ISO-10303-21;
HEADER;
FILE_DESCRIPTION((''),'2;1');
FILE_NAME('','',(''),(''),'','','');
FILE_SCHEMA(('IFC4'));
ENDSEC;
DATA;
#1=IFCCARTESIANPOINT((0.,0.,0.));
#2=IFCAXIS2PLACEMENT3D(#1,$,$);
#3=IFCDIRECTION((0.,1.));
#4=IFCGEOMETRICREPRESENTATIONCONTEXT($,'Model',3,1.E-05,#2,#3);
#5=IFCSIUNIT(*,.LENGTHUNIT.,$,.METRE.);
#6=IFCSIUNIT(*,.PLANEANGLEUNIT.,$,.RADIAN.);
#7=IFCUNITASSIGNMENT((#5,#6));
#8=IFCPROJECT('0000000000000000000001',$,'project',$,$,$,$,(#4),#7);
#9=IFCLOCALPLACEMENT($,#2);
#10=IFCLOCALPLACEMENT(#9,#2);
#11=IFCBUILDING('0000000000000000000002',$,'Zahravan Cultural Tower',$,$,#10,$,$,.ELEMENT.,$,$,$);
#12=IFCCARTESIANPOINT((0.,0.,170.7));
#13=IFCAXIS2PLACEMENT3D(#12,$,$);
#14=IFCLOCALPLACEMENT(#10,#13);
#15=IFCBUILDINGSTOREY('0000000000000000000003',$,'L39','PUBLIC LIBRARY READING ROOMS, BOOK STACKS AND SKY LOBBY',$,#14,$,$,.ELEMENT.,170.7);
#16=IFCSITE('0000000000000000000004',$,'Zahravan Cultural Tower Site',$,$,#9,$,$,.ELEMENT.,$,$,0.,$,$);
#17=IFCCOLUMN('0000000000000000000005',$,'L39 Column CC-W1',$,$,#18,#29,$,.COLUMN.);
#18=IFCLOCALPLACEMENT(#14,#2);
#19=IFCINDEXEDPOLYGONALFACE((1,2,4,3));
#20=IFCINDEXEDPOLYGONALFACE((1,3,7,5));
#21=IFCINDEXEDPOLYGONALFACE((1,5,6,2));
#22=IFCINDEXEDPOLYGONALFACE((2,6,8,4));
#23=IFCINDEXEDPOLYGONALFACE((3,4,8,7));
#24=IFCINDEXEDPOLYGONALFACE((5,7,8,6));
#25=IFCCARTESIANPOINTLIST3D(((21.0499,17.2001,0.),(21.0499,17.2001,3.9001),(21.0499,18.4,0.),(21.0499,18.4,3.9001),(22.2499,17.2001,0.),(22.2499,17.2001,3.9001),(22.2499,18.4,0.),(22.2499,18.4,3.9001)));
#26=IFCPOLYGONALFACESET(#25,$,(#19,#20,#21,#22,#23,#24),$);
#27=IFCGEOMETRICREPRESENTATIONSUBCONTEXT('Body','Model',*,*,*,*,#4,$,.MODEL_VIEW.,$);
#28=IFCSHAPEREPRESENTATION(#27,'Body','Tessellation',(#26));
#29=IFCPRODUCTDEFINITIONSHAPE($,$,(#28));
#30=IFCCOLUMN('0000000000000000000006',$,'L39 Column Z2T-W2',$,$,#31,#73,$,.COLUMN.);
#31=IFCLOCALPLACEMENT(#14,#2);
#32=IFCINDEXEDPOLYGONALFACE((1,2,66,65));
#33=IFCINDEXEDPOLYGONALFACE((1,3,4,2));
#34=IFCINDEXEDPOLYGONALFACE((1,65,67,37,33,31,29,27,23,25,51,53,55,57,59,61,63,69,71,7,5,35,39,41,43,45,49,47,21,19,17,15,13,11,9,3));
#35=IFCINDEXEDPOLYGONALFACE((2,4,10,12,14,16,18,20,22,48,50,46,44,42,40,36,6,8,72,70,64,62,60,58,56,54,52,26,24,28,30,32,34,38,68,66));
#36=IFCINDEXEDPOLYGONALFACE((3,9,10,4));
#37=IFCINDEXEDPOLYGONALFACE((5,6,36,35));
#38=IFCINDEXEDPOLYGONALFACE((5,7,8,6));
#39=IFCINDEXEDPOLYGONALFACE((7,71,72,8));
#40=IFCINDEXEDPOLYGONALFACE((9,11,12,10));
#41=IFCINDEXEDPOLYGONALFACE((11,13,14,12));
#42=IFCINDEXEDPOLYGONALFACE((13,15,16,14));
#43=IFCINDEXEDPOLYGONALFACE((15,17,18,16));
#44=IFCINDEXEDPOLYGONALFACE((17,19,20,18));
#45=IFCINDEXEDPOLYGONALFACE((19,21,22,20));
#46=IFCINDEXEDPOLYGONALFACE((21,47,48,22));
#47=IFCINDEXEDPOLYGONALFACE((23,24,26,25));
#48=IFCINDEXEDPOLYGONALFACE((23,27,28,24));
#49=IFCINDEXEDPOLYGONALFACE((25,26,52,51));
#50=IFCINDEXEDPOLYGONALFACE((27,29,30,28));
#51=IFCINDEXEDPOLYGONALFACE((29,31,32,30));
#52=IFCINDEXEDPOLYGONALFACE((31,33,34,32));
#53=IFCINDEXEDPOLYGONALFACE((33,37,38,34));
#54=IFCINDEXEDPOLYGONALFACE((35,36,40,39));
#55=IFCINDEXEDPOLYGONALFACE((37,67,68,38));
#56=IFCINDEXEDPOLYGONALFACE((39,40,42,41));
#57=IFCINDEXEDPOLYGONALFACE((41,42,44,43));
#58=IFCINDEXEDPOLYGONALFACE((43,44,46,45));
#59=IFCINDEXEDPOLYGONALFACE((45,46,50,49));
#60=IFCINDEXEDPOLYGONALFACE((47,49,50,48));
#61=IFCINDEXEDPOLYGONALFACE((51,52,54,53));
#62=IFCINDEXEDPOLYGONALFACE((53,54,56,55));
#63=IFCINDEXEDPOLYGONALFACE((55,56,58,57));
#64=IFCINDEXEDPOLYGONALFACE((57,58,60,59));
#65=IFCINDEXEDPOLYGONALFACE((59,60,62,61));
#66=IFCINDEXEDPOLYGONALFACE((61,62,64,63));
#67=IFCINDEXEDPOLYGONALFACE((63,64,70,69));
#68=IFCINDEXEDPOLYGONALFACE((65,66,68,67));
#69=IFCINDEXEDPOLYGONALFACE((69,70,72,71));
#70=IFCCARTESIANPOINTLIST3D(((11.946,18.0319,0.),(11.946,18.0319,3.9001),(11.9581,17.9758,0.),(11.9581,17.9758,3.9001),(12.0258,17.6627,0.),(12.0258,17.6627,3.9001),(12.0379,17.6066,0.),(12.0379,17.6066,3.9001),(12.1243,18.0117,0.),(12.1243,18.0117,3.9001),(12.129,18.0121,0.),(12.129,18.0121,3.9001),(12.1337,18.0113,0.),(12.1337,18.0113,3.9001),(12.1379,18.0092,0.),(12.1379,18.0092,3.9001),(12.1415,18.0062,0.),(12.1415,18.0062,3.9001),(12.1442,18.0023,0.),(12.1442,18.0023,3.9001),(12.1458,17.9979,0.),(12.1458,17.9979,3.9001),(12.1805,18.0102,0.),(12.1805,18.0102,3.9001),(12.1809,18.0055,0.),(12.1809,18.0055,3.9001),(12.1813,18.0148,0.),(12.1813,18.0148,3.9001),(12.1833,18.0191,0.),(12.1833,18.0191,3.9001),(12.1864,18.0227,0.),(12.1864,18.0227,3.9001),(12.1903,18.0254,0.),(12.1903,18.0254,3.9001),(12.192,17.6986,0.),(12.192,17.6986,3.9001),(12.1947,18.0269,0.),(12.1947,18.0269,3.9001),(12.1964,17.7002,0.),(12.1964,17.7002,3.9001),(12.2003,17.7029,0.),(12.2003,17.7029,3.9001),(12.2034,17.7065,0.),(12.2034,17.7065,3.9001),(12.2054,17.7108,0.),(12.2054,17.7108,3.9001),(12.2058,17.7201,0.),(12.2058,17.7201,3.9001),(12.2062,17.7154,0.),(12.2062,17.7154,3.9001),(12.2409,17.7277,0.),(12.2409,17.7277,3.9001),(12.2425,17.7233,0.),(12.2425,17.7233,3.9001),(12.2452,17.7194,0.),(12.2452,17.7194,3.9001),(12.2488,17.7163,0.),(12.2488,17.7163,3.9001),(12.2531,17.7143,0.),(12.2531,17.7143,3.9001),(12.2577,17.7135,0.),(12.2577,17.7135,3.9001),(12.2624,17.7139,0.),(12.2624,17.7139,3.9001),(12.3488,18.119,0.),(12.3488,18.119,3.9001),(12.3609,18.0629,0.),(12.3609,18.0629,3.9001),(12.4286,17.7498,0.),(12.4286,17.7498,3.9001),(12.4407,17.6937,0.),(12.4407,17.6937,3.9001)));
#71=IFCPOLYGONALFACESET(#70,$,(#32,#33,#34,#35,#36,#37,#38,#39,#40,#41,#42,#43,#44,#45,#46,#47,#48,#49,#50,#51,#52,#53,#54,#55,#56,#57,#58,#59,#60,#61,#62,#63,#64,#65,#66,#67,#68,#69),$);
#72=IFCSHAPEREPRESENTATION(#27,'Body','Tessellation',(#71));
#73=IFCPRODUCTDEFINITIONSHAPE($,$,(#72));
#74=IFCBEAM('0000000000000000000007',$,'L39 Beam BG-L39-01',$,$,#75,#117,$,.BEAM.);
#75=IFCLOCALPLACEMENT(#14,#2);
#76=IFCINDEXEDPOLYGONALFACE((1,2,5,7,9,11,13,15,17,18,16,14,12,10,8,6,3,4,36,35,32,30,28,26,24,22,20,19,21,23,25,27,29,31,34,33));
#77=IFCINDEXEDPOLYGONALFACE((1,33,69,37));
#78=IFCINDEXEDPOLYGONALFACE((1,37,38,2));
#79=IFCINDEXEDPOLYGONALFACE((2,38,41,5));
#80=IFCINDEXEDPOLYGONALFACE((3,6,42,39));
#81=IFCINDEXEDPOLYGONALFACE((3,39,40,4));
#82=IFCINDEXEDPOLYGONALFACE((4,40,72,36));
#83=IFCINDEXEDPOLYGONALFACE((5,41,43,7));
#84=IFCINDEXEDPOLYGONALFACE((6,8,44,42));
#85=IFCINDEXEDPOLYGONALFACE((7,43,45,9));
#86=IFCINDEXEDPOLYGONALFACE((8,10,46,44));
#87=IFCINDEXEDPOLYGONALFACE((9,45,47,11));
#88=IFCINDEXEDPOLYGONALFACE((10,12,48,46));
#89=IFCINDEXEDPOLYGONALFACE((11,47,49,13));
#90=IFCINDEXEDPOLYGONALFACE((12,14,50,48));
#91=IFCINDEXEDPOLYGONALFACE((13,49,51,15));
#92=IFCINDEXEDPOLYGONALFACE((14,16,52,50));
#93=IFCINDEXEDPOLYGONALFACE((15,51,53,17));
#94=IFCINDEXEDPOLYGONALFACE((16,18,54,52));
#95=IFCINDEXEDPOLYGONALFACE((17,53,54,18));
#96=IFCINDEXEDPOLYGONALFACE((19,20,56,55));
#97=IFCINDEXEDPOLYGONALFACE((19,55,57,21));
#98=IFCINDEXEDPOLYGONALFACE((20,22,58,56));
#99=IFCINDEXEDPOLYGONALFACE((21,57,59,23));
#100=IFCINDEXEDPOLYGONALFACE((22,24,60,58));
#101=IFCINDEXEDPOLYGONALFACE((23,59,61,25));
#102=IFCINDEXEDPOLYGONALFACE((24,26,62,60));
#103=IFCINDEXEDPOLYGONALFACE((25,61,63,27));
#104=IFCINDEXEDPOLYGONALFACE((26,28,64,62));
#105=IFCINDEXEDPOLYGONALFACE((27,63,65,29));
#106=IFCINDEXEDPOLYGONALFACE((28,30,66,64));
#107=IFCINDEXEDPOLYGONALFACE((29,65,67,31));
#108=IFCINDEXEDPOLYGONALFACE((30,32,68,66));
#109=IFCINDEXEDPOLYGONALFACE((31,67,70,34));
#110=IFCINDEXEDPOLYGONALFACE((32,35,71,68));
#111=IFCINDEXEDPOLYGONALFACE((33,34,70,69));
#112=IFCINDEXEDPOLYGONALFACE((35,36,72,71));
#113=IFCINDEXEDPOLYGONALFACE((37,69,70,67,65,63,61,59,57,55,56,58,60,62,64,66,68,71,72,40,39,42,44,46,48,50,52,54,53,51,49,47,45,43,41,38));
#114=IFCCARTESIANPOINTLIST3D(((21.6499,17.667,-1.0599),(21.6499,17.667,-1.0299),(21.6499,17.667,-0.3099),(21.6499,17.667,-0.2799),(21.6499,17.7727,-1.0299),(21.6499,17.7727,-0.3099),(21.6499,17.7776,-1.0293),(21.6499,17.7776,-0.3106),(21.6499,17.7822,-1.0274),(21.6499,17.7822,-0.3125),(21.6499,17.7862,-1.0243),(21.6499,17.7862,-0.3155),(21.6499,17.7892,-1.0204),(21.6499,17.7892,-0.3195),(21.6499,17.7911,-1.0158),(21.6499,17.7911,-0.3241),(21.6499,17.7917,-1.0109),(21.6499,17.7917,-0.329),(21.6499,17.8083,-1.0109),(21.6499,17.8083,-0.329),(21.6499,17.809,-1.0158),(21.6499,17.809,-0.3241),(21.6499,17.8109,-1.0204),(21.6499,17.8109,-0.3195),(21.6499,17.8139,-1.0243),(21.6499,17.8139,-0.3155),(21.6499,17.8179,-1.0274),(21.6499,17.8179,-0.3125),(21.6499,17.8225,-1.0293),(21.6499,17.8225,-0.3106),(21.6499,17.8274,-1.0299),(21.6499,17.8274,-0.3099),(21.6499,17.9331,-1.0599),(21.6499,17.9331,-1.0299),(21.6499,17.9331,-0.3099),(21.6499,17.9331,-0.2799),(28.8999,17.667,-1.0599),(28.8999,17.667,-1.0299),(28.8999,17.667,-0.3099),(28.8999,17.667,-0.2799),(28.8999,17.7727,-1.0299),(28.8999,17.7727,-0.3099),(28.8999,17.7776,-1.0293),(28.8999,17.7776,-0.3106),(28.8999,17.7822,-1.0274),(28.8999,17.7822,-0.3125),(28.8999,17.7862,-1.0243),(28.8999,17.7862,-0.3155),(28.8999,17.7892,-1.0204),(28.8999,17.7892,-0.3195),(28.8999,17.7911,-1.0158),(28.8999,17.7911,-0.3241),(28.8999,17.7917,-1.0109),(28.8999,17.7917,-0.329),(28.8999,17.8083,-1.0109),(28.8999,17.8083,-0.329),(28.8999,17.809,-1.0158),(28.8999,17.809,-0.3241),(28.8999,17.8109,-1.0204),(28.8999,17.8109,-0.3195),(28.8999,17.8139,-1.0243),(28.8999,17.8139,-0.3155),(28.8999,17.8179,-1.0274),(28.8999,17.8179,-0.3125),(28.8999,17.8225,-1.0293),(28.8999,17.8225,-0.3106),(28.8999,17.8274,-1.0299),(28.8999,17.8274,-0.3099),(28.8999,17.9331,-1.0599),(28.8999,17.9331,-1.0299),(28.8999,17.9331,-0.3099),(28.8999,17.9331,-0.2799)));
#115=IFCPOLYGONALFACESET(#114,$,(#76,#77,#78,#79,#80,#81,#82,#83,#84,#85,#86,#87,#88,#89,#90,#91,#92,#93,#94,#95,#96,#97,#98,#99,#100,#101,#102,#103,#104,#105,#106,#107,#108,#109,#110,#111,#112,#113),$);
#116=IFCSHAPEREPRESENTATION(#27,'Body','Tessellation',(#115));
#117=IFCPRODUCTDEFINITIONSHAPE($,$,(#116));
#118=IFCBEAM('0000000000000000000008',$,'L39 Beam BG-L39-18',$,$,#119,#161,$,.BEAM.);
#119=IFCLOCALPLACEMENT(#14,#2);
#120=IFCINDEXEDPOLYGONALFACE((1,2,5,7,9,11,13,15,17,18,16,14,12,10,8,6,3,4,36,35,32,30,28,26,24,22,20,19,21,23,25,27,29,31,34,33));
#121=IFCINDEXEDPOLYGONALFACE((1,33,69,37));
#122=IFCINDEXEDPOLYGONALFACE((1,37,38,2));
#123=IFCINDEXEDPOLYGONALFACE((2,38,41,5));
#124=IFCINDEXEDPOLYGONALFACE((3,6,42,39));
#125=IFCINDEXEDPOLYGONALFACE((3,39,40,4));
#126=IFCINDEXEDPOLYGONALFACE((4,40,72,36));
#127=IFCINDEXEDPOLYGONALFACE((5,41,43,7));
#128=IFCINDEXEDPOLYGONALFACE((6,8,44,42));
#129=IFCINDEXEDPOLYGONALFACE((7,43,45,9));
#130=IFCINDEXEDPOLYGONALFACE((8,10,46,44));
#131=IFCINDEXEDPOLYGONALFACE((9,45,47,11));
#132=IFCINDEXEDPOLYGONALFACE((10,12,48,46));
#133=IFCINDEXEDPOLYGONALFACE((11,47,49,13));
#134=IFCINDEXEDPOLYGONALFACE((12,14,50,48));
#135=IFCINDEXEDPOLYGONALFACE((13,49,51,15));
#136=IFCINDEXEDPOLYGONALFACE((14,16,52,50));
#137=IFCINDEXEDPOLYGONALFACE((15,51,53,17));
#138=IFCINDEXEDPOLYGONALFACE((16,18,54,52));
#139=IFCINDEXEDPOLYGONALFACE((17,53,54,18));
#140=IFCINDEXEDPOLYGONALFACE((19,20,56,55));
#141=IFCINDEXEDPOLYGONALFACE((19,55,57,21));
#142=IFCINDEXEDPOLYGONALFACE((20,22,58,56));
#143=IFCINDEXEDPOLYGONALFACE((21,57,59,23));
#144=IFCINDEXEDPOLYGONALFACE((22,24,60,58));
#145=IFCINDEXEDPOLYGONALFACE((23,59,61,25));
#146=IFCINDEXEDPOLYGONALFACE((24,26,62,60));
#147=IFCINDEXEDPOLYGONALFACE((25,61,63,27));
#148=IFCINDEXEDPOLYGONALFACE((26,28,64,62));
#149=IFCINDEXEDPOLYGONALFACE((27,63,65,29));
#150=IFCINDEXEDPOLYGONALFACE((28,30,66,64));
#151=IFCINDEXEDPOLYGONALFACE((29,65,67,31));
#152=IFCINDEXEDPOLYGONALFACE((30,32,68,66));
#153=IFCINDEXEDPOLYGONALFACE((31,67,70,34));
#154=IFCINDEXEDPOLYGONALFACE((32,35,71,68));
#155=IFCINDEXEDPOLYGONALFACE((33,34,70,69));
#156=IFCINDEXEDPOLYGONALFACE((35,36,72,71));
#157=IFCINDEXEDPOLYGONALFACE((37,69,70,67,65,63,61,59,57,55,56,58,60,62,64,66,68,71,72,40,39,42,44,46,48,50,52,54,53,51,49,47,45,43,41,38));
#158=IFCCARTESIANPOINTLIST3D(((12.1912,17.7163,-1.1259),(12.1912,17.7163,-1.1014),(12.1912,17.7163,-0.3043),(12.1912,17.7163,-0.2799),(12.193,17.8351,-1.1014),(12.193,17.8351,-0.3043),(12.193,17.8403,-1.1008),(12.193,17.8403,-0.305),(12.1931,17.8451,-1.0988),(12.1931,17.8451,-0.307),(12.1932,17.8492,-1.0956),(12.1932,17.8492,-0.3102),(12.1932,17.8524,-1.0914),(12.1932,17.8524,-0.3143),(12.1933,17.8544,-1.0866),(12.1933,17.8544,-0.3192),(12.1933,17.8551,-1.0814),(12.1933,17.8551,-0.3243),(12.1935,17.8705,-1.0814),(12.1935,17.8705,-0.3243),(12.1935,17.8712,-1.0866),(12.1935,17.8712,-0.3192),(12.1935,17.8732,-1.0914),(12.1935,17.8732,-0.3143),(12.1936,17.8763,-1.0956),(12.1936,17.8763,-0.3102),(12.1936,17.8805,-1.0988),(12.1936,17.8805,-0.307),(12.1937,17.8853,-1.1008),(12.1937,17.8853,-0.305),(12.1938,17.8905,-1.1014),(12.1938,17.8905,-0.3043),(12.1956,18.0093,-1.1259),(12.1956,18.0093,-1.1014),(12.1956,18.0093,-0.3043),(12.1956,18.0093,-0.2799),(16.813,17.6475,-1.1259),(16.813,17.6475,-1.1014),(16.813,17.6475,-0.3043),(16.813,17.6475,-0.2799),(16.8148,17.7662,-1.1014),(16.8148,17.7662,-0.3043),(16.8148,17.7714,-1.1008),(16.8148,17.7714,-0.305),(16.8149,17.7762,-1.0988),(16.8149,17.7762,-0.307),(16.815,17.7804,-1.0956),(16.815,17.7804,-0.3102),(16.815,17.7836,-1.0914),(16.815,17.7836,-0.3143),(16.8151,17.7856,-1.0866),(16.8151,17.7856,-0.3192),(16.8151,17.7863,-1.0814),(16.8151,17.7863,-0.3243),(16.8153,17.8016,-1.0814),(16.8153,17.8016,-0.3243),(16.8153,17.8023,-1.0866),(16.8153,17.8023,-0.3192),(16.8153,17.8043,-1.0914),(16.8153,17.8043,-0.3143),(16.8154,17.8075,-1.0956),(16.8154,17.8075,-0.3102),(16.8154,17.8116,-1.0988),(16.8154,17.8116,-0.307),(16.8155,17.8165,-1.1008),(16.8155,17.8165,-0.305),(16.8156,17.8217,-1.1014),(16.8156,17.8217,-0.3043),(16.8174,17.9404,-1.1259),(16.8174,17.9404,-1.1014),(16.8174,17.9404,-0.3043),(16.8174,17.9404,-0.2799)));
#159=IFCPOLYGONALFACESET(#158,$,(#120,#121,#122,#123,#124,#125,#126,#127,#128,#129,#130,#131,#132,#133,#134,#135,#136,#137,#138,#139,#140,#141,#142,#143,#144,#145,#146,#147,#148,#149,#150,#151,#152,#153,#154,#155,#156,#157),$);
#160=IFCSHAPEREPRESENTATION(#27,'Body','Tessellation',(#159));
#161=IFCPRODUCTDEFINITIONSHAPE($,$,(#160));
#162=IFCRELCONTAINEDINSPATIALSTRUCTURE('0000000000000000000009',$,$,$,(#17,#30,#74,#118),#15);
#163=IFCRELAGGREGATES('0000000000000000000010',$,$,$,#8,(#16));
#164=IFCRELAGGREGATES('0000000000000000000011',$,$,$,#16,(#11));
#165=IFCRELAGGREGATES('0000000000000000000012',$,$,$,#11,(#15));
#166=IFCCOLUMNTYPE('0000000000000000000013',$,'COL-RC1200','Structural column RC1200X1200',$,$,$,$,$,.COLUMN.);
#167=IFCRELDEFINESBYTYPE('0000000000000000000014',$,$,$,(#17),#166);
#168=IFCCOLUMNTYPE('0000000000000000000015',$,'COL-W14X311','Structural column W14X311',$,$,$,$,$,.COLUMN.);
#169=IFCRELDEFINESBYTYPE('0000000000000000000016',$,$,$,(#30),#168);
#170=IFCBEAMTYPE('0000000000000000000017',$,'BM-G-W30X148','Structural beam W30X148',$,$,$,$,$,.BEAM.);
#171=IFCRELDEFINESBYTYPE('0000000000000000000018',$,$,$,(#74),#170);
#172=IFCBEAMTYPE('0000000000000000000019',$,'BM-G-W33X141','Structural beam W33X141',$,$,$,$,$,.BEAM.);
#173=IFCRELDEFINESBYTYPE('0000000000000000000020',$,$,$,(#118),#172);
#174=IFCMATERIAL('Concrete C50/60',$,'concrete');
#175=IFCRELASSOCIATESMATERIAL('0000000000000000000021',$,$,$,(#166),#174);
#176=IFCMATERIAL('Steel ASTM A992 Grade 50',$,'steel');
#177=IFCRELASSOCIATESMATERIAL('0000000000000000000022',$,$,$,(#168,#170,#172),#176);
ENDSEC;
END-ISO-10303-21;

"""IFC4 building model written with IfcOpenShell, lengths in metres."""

from ifc_helpers import new_model, si_unit, direction, frame, origin, origin_2d, place, context, subcontext, project, spatial, rectangle, i_section, extrude, source, transform, mapped, material, material_profile, profile_set, type_object, element, save


model = new_model("IFC4")

# Units and contexts
model_context = context("Model", 3, precision=1e-05, world=origin(), true_north=direction((0.0, 1.0)))
body_context = subcontext(model_context, "Body", "Model", "MODEL_VIEW")
ifc_project = project(units=[si_unit("LENGTHUNIT", "METRE"), si_unit("PLANEANGLEUNIT", "RADIAN")], contexts=[model_context])

# Site, building, storey
site_placement = place(None, origin())
site = spatial("IfcSite", under=ifc_project, at=site_placement, Name="Zahravan Cultural Tower Site", CompositionType="ELEMENT", RefElevation=0.0)
building_placement = place(site_placement, origin())
building = spatial("IfcBuilding", under=site, at=building_placement, Name="Zahravan Cultural Tower", CompositionType="ELEMENT")
storey_placement = place(building_placement, frame((0.0, 0.0, 170.7)))
storey = spatial("IfcBuildingStorey", under=building, at=storey_placement, Name="L39", Description="PUBLIC LIBRARY READING ROOMS, BOOK STACKS AND SKY LOBBY", CompositionType="ELEMENT", Elevation=170.7)

# Columns
ifc_material_1 = material(Name="Concrete C50/60", Category="concrete")
ifc_material_profile_1 = material_profile(ifc_material_1, rectangle(XDim=1.2, YDim=1.2, at=origin_2d()), Name="RC1200X1200")
ifc_profile_set_1 = profile_set([ifc_material_profile_1], Name="Concrete C50/60")
column_type_1 = type_object("IfcColumnType", Name="COL-RC1200", Description="Structural column RC1200X1200", PredefinedType="COLUMN", material=ifc_profile_set_1)
shared_shape_1 = source(origin(), body_context, "Body", "SweptSolid", [
    extrude(rectangle(XDim=1.2, YDim=1.2, at=origin_2d()), origin(), (0.0, 0.0, 1.0), 3.9001),
])
column_1_placement = place(storey_placement, frame((21.6499, 17.8, 0.0), z_axis=(0.0, 0.0, 1.0), x_axis=(1.0, 0.0, 0.0)))
element("IfcColumn", 1, at=column_1_placement, inside=storey, type_object=column_type_1, Name="L39 Column CC-W1", PredefinedType="COLUMN", context=body_context, shape_type="MappedRepresentation", body=[
    mapped(shared_shape_1, transform((0.0, 0.0, 0.0), x_axis=(1.0, 0.0, 0.0), y_axis=(0.0, 1.0, 0.0), z_axis=(0.0, 0.0, 1.0), scale=1.0)),
])
ifc_material_2 = material(Name="Steel ASTM A992 Grade 50", Category="steel")
ifc_material_profile_2 = material_profile(ifc_material_2, i_section(OverallWidth=0.4121, OverallDepth=0.4351, WebThickness=0.0359, FlangeThickness=0.0574, FilletRadius=0.0181, at=origin_2d()), Name="W14X311")
ifc_profile_set_2 = profile_set([ifc_material_profile_2], Name="Steel ASTM A992 Grade 50")
column_type_2 = type_object("IfcColumnType", Name="COL-W14X311", Description="Structural column W14X311", PredefinedType="COLUMN", material=ifc_profile_set_2)
shared_shape_2 = source(origin(), body_context, "Body", "SweptSolid", [
    extrude(i_section(OverallWidth=0.4121, OverallDepth=0.4351, WebThickness=0.0359, FlangeThickness=0.0574, FilletRadius=0.0181, at=origin_2d()), origin(), (0.0, 0.0, 1.0), 3.9001),
])
column_2_placement = place(storey_placement, frame((12.1934, 17.8628, 0.0), z_axis=(0.0, 0.0, 1.0), x_axis=(0.977416, 0.211325, 0.0)))
element("IfcColumn", 2, at=column_2_placement, inside=storey, type_object=column_type_2, Name="L39 Column Z2T-W2", PredefinedType="COLUMN", context=body_context, shape_type="MappedRepresentation", body=[
    mapped(shared_shape_2, transform((0.0, 0.0, 0.0), x_axis=(1.0, 0.0, 0.0), y_axis=(0.0, 1.0, 0.0), z_axis=(0.0, 0.0, 1.0), scale=1.0)),
])

# Beams
ifc_material_profile_3 = material_profile(ifc_material_2, i_section(OverallWidth=0.2661, OverallDepth=0.78, WebThickness=0.0166, FlangeThickness=0.03, FilletRadius=0.019, at=origin_2d()), Name="W30X148")
ifc_profile_set_3 = profile_set([ifc_material_profile_3], Name="Steel ASTM A992 Grade 50")
beam_type_1 = type_object("IfcBeamType", Name="BM-G-W30X148", Description="Structural beam W30X148", PredefinedType="BEAM", material=ifc_profile_set_3)
shared_shape_3 = source(origin(), body_context, "Body", "SweptSolid", [
    extrude(i_section(OverallWidth=0.2661, OverallDepth=0.78, WebThickness=0.0166, FlangeThickness=0.03, FilletRadius=0.019, at=origin_2d()), origin(), (0.0, 0.0, 1.0), 7.25),
])
beam_1_placement = place(storey_placement, frame((21.6499, 17.8, -0.6699), z_axis=(1.0, 0.0, 0.0), x_axis=(0.0, 1.0, 0.0)))
element("IfcBeam", 3, at=beam_1_placement, inside=storey, type_object=beam_type_1, Name="L39 Beam BG-L39-01", PredefinedType="BEAM", context=body_context, shape_type="MappedRepresentation", body=[
    mapped(shared_shape_3, transform((0.0, 0.0, 0.0), x_axis=(1.0, 0.0, 0.0), y_axis=(0.0, 1.0, 0.0), z_axis=(0.0, 0.0, 1.0), scale=1.0)),
])
ifc_material_profile_4 = material_profile(ifc_material_2, i_section(OverallWidth=0.293, OverallDepth=0.8459, WebThickness=0.0154, FlangeThickness=0.0244, FilletRadius=0.02, at=origin_2d()), Name="W33X141")
ifc_profile_set_4 = profile_set([ifc_material_profile_4], Name="Steel ASTM A992 Grade 50")
beam_type_2 = type_object("IfcBeamType", Name="BM-G-W33X141", Description="Structural beam W33X141", PredefinedType="BEAM", material=ifc_profile_set_4)
shared_shape_4 = source(origin(), body_context, "Body", "SweptSolid", [
    extrude(i_section(OverallWidth=0.293, OverallDepth=0.8459, WebThickness=0.0154, FlangeThickness=0.0244, FilletRadius=0.02, at=origin_2d()), origin(), (0.0, 0.0, 1.0), 4.6223),
])
beam_2_placement = place(storey_placement, frame((16.8152, 17.7939, -0.7029), z_axis=(-0.999889, 0.014895, 0.0), x_axis=(-0.014895, -0.999889, 0.0)))
element("IfcBeam", 4, at=beam_2_placement, inside=storey, type_object=beam_type_2, Name="L39 Beam BG-L39-18", PredefinedType="BEAM", context=body_context, shape_type="MappedRepresentation", body=[
    mapped(shared_shape_4, transform((0.0, 0.0, 0.0), x_axis=(1.0, 0.0, 0.0), y_axis=(0.0, 1.0, 0.0), z_axis=(0.0, 0.0, 1.0), scale=1.0)),
])

save(model, "model.ifc")
